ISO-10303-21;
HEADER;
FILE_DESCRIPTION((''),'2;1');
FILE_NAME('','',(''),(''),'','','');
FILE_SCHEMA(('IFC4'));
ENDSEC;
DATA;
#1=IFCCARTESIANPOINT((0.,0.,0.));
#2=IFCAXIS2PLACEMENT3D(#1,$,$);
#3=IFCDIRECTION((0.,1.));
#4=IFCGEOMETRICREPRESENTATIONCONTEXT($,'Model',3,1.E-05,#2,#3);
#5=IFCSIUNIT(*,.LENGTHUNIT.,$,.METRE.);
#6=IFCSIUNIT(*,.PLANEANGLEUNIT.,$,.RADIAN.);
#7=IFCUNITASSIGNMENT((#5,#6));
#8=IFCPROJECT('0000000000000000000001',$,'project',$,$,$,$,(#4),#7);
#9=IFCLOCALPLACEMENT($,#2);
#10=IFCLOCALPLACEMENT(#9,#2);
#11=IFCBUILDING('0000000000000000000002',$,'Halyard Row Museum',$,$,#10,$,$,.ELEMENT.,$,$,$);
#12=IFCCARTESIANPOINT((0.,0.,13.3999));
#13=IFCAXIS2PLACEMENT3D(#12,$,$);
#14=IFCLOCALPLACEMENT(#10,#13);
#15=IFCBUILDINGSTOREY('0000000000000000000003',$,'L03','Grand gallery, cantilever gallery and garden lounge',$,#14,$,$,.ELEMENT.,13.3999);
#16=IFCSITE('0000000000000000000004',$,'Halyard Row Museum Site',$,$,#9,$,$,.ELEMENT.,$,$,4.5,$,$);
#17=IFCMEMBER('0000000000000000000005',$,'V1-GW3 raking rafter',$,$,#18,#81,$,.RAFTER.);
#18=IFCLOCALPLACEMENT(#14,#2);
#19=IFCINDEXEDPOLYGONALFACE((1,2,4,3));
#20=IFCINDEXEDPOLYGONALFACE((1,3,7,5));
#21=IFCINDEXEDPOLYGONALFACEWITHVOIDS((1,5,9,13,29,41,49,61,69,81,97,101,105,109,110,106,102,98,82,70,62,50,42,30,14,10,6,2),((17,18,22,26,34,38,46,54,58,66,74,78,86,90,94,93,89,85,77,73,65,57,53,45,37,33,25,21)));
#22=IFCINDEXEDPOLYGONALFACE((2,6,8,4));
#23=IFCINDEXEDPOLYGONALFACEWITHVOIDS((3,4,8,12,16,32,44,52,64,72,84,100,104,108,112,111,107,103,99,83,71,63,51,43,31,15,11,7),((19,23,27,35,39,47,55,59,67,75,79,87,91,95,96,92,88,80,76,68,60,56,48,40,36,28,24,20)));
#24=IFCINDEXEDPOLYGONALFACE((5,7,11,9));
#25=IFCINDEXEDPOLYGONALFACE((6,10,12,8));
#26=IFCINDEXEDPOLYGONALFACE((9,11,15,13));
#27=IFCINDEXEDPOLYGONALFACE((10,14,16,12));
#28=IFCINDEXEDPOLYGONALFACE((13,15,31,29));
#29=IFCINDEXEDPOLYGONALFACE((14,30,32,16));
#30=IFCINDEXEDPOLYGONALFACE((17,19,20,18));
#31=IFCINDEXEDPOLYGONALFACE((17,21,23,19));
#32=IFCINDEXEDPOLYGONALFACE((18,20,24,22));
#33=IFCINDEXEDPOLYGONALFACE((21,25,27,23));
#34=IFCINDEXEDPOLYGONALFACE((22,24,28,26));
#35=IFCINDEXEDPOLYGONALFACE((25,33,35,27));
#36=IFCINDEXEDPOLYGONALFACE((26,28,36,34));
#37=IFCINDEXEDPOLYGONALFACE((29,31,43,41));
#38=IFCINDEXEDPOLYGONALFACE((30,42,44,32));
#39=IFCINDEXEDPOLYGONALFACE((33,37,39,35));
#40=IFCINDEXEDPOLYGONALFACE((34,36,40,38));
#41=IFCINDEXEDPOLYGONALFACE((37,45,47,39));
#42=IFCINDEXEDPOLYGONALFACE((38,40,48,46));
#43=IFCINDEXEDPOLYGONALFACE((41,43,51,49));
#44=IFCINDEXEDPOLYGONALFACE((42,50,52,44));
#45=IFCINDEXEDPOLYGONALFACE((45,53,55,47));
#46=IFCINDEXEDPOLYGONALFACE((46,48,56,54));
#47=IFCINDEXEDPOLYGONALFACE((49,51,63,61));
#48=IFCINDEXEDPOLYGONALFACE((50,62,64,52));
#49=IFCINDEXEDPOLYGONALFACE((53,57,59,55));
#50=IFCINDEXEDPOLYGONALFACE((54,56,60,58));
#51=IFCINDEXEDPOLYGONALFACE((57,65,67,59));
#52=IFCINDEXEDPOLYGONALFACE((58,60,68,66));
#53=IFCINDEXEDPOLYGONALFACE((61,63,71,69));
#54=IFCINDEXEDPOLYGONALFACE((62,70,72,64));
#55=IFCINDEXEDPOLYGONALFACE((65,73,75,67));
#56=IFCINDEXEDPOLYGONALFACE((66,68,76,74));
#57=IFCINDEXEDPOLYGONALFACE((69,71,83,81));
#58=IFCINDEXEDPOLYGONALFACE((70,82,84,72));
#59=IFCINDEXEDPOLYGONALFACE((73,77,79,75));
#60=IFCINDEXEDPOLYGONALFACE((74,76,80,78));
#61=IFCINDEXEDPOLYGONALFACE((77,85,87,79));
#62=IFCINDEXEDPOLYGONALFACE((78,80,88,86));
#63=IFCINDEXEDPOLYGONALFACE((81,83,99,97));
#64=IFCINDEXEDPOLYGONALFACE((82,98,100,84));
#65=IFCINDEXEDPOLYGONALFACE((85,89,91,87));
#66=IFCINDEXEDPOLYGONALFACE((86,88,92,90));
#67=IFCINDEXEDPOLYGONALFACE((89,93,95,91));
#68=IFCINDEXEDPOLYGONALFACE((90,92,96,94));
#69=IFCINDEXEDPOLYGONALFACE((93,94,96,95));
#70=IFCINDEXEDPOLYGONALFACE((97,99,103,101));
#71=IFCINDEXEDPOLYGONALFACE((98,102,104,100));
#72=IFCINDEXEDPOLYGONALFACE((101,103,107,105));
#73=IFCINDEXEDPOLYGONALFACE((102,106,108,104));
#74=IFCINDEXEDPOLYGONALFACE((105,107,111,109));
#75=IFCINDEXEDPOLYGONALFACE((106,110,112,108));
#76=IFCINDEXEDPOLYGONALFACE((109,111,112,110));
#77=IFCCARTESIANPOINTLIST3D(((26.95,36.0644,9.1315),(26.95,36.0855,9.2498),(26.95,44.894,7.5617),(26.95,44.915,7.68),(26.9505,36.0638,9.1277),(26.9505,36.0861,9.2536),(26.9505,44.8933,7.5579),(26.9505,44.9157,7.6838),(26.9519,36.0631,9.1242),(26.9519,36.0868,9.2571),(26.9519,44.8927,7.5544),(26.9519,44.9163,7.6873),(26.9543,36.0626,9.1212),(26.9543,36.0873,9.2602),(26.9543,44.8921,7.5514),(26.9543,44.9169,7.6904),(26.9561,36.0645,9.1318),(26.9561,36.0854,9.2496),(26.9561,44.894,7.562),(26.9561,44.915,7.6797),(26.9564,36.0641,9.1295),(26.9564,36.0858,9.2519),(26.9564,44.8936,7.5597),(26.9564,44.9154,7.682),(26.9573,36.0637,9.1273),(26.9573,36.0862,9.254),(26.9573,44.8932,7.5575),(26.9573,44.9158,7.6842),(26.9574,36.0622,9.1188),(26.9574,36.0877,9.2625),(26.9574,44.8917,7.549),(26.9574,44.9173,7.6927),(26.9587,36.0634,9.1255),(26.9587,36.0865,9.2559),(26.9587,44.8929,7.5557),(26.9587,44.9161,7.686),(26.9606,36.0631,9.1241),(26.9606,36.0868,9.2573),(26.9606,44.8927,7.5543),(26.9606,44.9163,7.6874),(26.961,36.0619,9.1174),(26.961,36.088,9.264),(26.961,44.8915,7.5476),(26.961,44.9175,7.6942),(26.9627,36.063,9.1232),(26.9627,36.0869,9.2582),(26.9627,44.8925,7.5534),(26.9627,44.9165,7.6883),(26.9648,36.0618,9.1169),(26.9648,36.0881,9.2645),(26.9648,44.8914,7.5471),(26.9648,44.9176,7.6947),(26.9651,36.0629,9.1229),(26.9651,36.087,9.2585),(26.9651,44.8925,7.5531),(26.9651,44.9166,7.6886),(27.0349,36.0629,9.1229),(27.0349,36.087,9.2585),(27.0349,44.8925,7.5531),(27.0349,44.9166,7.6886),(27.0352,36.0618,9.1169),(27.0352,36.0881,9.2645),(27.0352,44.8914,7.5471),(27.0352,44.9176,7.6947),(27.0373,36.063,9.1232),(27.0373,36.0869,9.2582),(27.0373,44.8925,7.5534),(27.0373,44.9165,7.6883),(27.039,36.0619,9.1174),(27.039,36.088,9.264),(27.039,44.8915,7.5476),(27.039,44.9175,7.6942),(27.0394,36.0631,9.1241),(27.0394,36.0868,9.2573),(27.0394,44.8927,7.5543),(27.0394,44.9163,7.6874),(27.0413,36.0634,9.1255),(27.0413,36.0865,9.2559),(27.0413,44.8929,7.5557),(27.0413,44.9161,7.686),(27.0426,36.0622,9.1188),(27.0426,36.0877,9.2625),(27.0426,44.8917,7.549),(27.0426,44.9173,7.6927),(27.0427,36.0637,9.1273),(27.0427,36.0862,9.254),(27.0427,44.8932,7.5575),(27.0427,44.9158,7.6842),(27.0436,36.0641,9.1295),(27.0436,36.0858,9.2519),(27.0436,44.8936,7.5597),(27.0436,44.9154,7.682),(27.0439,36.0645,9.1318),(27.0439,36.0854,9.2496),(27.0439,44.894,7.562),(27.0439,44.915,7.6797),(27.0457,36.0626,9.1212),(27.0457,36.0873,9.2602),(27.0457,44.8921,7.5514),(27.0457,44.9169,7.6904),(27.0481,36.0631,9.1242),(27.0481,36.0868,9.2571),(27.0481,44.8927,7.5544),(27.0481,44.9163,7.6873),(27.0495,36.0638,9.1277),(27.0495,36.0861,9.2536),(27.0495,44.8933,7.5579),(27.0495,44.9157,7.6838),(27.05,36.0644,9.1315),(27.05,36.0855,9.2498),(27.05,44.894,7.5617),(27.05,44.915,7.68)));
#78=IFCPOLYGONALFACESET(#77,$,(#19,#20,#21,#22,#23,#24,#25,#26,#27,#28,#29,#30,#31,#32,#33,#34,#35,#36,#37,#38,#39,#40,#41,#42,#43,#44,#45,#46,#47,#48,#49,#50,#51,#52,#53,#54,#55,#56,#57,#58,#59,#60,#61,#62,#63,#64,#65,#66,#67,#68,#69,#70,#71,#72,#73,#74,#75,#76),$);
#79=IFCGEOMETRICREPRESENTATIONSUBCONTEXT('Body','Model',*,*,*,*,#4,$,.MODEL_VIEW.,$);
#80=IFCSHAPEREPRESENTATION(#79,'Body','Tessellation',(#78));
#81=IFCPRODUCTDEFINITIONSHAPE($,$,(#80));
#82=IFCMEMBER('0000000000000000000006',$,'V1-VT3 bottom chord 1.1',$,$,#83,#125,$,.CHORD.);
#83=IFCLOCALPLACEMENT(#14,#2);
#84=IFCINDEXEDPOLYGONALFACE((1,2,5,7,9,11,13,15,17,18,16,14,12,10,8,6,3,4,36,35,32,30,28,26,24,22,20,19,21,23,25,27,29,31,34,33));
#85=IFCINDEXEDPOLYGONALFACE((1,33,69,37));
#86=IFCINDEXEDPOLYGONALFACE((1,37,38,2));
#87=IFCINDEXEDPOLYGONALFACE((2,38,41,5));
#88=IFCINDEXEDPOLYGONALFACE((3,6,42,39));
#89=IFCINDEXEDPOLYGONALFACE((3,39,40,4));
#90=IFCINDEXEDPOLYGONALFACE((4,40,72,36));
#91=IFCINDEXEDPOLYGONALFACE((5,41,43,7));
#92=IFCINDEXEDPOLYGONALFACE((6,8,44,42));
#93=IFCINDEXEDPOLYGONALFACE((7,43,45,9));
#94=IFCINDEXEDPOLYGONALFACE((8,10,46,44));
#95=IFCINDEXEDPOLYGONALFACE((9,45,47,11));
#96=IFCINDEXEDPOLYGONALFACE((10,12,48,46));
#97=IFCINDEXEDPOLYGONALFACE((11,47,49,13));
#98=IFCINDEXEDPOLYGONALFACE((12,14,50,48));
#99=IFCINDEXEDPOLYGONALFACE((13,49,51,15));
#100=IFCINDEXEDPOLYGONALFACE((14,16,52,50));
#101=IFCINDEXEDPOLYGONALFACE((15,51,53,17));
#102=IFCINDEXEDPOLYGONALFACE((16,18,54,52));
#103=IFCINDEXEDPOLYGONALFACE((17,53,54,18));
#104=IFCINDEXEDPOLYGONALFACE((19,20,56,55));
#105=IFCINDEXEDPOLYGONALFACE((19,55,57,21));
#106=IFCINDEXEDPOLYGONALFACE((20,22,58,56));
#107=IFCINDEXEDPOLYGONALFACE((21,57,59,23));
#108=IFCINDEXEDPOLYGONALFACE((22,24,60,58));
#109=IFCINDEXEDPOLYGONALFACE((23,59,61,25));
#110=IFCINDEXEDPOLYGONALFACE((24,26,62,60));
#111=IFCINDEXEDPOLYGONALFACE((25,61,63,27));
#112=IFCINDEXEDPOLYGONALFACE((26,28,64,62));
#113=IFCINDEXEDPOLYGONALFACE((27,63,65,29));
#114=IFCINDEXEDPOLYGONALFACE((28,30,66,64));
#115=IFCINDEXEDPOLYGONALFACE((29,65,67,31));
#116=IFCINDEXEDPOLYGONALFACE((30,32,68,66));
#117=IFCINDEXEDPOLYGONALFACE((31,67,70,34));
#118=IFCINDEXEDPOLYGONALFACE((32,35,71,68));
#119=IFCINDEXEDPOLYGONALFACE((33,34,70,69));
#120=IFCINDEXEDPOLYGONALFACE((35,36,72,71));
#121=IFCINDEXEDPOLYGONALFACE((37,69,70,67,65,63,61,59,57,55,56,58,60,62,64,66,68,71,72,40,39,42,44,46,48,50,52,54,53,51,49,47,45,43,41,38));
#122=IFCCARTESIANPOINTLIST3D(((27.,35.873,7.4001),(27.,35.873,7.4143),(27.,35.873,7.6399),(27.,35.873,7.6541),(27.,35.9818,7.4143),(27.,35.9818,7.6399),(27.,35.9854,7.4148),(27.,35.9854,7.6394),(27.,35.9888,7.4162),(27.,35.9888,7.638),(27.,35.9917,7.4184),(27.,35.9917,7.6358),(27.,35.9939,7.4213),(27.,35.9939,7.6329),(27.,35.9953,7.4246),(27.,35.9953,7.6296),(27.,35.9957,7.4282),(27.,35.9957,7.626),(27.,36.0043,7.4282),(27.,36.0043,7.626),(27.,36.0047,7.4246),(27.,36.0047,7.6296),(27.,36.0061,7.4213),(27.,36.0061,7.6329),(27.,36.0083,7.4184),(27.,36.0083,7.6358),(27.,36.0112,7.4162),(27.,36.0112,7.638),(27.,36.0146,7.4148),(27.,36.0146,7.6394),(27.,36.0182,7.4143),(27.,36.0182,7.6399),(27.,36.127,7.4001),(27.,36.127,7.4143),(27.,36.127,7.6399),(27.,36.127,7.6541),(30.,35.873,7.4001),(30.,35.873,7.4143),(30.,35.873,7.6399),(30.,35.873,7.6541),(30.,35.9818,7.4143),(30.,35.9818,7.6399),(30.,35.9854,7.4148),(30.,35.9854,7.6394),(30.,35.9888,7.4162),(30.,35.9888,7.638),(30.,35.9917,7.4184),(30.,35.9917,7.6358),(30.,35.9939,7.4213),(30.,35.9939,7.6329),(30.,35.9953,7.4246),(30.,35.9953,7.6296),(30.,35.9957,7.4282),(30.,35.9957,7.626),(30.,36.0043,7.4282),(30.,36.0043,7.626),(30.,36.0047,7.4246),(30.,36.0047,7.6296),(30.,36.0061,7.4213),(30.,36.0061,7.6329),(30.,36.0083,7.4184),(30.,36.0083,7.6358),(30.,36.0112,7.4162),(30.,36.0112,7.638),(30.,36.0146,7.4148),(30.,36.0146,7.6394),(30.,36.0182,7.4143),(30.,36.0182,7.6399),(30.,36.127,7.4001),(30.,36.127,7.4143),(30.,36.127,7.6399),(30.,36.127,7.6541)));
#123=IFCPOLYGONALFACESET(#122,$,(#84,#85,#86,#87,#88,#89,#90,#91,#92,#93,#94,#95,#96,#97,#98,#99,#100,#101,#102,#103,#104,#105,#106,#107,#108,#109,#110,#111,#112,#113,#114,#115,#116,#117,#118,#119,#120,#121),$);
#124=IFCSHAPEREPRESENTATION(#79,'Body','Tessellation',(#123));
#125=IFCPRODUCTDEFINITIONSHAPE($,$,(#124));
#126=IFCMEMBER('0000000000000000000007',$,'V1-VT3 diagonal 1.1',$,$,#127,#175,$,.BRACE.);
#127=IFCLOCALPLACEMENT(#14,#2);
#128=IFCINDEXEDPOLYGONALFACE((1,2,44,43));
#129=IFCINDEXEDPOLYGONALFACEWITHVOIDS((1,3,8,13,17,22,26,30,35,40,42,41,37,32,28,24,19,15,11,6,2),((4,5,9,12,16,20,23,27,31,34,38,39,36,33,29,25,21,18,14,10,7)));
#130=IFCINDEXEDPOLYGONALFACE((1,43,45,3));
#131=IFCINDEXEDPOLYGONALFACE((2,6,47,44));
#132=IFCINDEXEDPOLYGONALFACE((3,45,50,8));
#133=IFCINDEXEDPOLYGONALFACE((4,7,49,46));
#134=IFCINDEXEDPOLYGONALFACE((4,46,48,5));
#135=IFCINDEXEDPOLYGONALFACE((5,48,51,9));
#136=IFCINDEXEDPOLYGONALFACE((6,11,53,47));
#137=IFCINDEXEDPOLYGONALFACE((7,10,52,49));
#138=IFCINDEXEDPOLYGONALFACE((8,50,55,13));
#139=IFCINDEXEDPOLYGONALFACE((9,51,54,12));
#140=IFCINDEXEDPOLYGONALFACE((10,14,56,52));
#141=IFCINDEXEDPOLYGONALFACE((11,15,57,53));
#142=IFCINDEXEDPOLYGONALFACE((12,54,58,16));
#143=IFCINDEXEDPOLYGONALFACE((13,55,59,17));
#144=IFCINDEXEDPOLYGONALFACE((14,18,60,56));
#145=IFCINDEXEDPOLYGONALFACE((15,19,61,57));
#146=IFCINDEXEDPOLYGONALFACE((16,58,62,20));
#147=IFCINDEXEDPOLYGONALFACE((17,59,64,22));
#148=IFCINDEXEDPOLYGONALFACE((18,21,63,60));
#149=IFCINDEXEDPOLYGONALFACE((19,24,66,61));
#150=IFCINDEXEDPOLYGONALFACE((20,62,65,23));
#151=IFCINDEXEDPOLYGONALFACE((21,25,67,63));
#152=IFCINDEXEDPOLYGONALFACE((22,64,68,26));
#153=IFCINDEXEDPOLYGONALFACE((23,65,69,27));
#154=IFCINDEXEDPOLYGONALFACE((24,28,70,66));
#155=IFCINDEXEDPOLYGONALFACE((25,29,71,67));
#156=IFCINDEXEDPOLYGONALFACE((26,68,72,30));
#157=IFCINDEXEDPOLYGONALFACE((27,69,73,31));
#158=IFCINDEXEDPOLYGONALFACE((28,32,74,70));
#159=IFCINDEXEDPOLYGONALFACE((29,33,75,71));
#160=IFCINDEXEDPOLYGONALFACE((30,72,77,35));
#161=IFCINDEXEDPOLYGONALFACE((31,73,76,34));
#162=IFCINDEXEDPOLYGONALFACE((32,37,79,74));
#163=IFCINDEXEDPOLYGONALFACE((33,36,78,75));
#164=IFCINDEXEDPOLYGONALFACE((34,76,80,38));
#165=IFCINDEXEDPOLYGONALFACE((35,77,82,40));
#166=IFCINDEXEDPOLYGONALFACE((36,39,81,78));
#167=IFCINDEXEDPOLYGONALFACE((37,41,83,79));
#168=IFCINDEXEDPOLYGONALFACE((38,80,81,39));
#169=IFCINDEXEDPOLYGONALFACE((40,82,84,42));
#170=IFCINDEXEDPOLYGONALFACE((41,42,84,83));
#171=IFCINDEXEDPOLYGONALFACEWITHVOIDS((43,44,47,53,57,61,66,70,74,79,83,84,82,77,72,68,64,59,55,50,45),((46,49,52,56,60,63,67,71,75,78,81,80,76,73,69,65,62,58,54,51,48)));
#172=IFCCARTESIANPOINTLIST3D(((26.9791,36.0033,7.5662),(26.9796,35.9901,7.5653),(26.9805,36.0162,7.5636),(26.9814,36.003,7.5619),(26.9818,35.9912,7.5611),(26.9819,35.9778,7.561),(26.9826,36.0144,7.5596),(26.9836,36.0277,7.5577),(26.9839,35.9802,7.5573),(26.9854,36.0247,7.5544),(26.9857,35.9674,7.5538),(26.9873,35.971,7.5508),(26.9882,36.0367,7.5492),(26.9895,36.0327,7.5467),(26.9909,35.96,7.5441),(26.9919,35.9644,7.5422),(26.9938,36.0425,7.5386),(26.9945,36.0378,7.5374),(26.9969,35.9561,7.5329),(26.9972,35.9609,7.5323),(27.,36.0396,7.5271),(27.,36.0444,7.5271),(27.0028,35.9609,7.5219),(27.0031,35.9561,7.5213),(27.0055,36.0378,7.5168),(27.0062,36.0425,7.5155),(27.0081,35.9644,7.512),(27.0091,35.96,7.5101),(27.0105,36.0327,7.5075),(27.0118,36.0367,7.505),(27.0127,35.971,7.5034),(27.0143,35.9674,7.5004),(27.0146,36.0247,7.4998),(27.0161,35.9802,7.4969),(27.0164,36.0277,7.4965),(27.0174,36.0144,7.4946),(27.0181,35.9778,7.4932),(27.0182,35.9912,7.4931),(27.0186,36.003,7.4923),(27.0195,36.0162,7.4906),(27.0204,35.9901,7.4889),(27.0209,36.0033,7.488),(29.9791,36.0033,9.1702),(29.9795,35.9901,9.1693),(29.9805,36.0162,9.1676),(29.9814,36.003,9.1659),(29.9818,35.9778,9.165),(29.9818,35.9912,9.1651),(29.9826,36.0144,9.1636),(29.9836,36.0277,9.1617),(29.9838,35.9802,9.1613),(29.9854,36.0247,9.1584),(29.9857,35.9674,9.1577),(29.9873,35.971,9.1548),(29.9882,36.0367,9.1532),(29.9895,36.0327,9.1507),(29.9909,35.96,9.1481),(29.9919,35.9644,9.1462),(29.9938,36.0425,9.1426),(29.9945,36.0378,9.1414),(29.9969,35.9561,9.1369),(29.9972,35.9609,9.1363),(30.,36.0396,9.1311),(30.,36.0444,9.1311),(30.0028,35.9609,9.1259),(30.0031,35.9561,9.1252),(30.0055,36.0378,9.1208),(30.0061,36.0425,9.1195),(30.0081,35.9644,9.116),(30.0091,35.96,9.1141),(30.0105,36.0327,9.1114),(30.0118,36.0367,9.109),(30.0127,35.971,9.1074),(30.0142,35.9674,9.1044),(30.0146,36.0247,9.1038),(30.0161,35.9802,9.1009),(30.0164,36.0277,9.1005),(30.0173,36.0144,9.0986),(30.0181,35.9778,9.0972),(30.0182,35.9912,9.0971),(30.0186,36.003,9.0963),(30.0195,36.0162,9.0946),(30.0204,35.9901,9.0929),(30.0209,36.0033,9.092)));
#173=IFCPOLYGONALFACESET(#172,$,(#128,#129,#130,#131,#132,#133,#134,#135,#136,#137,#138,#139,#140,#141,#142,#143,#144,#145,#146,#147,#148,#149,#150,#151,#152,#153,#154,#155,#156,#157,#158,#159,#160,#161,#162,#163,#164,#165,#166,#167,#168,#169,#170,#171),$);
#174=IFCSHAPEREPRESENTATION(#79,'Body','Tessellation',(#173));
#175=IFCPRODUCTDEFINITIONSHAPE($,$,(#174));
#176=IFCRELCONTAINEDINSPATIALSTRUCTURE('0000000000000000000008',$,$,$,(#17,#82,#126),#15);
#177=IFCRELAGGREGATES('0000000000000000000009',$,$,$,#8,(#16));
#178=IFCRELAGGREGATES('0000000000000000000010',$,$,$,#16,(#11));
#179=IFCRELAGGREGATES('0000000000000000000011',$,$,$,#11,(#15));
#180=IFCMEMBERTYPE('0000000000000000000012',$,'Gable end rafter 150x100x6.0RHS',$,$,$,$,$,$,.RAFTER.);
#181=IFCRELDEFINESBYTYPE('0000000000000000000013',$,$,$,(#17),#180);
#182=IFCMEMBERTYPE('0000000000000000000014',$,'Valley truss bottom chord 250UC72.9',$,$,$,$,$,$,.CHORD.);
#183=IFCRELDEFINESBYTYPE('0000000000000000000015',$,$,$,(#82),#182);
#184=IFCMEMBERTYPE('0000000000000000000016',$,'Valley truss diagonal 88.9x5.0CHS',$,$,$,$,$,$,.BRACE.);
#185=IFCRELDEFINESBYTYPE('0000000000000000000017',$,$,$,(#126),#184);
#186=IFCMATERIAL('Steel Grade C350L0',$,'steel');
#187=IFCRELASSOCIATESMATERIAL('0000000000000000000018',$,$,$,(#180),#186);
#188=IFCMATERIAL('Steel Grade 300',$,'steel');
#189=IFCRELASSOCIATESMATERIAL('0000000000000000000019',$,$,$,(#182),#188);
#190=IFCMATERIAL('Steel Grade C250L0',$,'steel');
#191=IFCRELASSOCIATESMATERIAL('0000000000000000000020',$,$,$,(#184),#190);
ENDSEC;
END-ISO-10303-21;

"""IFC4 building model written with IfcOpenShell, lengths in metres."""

from ifc_helpers import new_model, si_unit, direction, frame, origin, origin_2d, place, context, subcontext, project, spatial, hollow_rectangle, hollow_circle, i_section, extrude, material, material_profile, profile_set, type_object, element, save


model = new_model("IFC4")

# Units and contexts
model_context = context("Model", 3, precision=1e-05, world=origin(), true_north=direction((0.0, 1.0)))
body_context = subcontext(model_context, "Body", "Model", "MODEL_VIEW")
ifc_project = project(units=[si_unit("LENGTHUNIT", "METRE"), si_unit("PLANEANGLEUNIT", "RADIAN")], contexts=[model_context])

# Site, building, storey
site_placement = place(None, origin())
site = spatial("IfcSite", under=ifc_project, at=site_placement, Name="Halyard Row Museum Site", CompositionType="ELEMENT", RefElevation=4.5)
building_placement = place(site_placement, origin())
building = spatial("IfcBuilding", under=site, at=building_placement, Name="Halyard Row Museum", CompositionType="ELEMENT")
storey_placement = place(building_placement, frame((0.0, 0.0, 13.3999)))
storey = spatial("IfcBuildingStorey", under=building, at=storey_placement, Name="L03", Description="Grand gallery, cantilever gallery and garden lounge", CompositionType="ELEMENT", Elevation=13.3999)

# Members
ifc_material_1 = material(Name="Steel Grade C350L0", Category="steel")
ifc_material_profile_1 = material_profile(ifc_material_1, hollow_rectangle(XDim=0.1001, YDim=0.1499, WallThickness=0.0061, InnerFilletRadius=0.009, OuterFilletRadius=0.0149, at=origin_2d()), Name="150x100x6.0RHS")
ifc_profile_set_1 = profile_set([ifc_material_profile_1], Name="Steel Grade C350L0")
member_type_1 = type_object("IfcMemberType", Name="Gable end rafter 150x100x6.0RHS", PredefinedType="RAFTER", material=ifc_profile_set_1)
member_1_placement = place(storey_placement, frame((27.0, 36.075, 9.1907), z_axis=(0.0, 0.98456, -0.175046), x_axis=(-1.0, 0.0, 0.0)))
element("IfcMember", 1, at=member_1_placement, inside=storey, type_object=member_type_1, Name="V1-GW3 raking rafter", PredefinedType="RAFTER", context=body_context, shape_type="SweptSolid", body=[
    extrude(hollow_rectangle(XDim=0.1001, YDim=0.1499, WallThickness=0.0061, InnerFilletRadius=0.009, OuterFilletRadius=0.0149, at=origin_2d()), origin(), (0.0, 0.0, 1.0), 8.968),
])
ifc_material_2 = material(Name="Steel Grade 300", Category="steel")
ifc_material_profile_2 = material_profile(ifc_material_2, i_section(OverallWidth=0.2539, OverallDepth=0.2539, WebThickness=0.0085, FlangeThickness=0.0142, FilletRadius=0.0139, at=origin_2d()), Name="250UC72.9")
ifc_profile_set_2 = profile_set([ifc_material_profile_2], Name="Steel Grade 300")
member_type_2 = type_object("IfcMemberType", Name="Valley truss bottom chord 250UC72.9", PredefinedType="CHORD", material=ifc_profile_set_2)
member_2_placement = place(storey_placement, frame((27.0, 36.0, 7.5271), z_axis=(1.0, 0.0, 0.0), x_axis=(0.0, 1.0, 0.0)))
element("IfcMember", 2, at=member_2_placement, inside=storey, type_object=member_type_2, Name="V1-VT3 bottom chord 1.1", PredefinedType="CHORD", context=body_context, shape_type="SweptSolid", body=[
    extrude(i_section(OverallWidth=0.2539, OverallDepth=0.2539, WebThickness=0.0085, FlangeThickness=0.0142, FilletRadius=0.0139, at=origin_2d()), origin(), (0.0, 0.0, 1.0), 3.0),
])
ifc_material_3 = material(Name="Steel Grade C250L0", Category="steel")
ifc_material_profile_3 = material_profile(ifc_material_3, hollow_circle(Radius=0.0444, WallThickness=0.0049, at=origin_2d()), Name="88.9x5.0CHS")
ifc_profile_set_3 = profile_set([ifc_material_profile_3], Name="Steel Grade C250L0")
member_type_3 = type_object("IfcMemberType", Name="Valley truss diagonal 88.9x5.0CHS", PredefinedType="BRACE", material=ifc_profile_set_3)
member_3_placement = place(storey_placement, frame((27.0, 36.0, 7.5271), z_axis=(0.881864, 0.0, 0.471504), x_axis=(0.0, 1.0, 0.0)))
element("IfcMember", 3, at=member_3_placement, inside=storey, type_object=member_type_3, Name="V1-VT3 diagonal 1.1", PredefinedType="BRACE", context=body_context, shape_type="SweptSolid", body=[
    extrude(hollow_circle(Radius=0.0444, WallThickness=0.0049, at=origin_2d()), origin(), (0.0, 0.0, 1.0), 3.4019),
])

save(model, "model.ifc")
